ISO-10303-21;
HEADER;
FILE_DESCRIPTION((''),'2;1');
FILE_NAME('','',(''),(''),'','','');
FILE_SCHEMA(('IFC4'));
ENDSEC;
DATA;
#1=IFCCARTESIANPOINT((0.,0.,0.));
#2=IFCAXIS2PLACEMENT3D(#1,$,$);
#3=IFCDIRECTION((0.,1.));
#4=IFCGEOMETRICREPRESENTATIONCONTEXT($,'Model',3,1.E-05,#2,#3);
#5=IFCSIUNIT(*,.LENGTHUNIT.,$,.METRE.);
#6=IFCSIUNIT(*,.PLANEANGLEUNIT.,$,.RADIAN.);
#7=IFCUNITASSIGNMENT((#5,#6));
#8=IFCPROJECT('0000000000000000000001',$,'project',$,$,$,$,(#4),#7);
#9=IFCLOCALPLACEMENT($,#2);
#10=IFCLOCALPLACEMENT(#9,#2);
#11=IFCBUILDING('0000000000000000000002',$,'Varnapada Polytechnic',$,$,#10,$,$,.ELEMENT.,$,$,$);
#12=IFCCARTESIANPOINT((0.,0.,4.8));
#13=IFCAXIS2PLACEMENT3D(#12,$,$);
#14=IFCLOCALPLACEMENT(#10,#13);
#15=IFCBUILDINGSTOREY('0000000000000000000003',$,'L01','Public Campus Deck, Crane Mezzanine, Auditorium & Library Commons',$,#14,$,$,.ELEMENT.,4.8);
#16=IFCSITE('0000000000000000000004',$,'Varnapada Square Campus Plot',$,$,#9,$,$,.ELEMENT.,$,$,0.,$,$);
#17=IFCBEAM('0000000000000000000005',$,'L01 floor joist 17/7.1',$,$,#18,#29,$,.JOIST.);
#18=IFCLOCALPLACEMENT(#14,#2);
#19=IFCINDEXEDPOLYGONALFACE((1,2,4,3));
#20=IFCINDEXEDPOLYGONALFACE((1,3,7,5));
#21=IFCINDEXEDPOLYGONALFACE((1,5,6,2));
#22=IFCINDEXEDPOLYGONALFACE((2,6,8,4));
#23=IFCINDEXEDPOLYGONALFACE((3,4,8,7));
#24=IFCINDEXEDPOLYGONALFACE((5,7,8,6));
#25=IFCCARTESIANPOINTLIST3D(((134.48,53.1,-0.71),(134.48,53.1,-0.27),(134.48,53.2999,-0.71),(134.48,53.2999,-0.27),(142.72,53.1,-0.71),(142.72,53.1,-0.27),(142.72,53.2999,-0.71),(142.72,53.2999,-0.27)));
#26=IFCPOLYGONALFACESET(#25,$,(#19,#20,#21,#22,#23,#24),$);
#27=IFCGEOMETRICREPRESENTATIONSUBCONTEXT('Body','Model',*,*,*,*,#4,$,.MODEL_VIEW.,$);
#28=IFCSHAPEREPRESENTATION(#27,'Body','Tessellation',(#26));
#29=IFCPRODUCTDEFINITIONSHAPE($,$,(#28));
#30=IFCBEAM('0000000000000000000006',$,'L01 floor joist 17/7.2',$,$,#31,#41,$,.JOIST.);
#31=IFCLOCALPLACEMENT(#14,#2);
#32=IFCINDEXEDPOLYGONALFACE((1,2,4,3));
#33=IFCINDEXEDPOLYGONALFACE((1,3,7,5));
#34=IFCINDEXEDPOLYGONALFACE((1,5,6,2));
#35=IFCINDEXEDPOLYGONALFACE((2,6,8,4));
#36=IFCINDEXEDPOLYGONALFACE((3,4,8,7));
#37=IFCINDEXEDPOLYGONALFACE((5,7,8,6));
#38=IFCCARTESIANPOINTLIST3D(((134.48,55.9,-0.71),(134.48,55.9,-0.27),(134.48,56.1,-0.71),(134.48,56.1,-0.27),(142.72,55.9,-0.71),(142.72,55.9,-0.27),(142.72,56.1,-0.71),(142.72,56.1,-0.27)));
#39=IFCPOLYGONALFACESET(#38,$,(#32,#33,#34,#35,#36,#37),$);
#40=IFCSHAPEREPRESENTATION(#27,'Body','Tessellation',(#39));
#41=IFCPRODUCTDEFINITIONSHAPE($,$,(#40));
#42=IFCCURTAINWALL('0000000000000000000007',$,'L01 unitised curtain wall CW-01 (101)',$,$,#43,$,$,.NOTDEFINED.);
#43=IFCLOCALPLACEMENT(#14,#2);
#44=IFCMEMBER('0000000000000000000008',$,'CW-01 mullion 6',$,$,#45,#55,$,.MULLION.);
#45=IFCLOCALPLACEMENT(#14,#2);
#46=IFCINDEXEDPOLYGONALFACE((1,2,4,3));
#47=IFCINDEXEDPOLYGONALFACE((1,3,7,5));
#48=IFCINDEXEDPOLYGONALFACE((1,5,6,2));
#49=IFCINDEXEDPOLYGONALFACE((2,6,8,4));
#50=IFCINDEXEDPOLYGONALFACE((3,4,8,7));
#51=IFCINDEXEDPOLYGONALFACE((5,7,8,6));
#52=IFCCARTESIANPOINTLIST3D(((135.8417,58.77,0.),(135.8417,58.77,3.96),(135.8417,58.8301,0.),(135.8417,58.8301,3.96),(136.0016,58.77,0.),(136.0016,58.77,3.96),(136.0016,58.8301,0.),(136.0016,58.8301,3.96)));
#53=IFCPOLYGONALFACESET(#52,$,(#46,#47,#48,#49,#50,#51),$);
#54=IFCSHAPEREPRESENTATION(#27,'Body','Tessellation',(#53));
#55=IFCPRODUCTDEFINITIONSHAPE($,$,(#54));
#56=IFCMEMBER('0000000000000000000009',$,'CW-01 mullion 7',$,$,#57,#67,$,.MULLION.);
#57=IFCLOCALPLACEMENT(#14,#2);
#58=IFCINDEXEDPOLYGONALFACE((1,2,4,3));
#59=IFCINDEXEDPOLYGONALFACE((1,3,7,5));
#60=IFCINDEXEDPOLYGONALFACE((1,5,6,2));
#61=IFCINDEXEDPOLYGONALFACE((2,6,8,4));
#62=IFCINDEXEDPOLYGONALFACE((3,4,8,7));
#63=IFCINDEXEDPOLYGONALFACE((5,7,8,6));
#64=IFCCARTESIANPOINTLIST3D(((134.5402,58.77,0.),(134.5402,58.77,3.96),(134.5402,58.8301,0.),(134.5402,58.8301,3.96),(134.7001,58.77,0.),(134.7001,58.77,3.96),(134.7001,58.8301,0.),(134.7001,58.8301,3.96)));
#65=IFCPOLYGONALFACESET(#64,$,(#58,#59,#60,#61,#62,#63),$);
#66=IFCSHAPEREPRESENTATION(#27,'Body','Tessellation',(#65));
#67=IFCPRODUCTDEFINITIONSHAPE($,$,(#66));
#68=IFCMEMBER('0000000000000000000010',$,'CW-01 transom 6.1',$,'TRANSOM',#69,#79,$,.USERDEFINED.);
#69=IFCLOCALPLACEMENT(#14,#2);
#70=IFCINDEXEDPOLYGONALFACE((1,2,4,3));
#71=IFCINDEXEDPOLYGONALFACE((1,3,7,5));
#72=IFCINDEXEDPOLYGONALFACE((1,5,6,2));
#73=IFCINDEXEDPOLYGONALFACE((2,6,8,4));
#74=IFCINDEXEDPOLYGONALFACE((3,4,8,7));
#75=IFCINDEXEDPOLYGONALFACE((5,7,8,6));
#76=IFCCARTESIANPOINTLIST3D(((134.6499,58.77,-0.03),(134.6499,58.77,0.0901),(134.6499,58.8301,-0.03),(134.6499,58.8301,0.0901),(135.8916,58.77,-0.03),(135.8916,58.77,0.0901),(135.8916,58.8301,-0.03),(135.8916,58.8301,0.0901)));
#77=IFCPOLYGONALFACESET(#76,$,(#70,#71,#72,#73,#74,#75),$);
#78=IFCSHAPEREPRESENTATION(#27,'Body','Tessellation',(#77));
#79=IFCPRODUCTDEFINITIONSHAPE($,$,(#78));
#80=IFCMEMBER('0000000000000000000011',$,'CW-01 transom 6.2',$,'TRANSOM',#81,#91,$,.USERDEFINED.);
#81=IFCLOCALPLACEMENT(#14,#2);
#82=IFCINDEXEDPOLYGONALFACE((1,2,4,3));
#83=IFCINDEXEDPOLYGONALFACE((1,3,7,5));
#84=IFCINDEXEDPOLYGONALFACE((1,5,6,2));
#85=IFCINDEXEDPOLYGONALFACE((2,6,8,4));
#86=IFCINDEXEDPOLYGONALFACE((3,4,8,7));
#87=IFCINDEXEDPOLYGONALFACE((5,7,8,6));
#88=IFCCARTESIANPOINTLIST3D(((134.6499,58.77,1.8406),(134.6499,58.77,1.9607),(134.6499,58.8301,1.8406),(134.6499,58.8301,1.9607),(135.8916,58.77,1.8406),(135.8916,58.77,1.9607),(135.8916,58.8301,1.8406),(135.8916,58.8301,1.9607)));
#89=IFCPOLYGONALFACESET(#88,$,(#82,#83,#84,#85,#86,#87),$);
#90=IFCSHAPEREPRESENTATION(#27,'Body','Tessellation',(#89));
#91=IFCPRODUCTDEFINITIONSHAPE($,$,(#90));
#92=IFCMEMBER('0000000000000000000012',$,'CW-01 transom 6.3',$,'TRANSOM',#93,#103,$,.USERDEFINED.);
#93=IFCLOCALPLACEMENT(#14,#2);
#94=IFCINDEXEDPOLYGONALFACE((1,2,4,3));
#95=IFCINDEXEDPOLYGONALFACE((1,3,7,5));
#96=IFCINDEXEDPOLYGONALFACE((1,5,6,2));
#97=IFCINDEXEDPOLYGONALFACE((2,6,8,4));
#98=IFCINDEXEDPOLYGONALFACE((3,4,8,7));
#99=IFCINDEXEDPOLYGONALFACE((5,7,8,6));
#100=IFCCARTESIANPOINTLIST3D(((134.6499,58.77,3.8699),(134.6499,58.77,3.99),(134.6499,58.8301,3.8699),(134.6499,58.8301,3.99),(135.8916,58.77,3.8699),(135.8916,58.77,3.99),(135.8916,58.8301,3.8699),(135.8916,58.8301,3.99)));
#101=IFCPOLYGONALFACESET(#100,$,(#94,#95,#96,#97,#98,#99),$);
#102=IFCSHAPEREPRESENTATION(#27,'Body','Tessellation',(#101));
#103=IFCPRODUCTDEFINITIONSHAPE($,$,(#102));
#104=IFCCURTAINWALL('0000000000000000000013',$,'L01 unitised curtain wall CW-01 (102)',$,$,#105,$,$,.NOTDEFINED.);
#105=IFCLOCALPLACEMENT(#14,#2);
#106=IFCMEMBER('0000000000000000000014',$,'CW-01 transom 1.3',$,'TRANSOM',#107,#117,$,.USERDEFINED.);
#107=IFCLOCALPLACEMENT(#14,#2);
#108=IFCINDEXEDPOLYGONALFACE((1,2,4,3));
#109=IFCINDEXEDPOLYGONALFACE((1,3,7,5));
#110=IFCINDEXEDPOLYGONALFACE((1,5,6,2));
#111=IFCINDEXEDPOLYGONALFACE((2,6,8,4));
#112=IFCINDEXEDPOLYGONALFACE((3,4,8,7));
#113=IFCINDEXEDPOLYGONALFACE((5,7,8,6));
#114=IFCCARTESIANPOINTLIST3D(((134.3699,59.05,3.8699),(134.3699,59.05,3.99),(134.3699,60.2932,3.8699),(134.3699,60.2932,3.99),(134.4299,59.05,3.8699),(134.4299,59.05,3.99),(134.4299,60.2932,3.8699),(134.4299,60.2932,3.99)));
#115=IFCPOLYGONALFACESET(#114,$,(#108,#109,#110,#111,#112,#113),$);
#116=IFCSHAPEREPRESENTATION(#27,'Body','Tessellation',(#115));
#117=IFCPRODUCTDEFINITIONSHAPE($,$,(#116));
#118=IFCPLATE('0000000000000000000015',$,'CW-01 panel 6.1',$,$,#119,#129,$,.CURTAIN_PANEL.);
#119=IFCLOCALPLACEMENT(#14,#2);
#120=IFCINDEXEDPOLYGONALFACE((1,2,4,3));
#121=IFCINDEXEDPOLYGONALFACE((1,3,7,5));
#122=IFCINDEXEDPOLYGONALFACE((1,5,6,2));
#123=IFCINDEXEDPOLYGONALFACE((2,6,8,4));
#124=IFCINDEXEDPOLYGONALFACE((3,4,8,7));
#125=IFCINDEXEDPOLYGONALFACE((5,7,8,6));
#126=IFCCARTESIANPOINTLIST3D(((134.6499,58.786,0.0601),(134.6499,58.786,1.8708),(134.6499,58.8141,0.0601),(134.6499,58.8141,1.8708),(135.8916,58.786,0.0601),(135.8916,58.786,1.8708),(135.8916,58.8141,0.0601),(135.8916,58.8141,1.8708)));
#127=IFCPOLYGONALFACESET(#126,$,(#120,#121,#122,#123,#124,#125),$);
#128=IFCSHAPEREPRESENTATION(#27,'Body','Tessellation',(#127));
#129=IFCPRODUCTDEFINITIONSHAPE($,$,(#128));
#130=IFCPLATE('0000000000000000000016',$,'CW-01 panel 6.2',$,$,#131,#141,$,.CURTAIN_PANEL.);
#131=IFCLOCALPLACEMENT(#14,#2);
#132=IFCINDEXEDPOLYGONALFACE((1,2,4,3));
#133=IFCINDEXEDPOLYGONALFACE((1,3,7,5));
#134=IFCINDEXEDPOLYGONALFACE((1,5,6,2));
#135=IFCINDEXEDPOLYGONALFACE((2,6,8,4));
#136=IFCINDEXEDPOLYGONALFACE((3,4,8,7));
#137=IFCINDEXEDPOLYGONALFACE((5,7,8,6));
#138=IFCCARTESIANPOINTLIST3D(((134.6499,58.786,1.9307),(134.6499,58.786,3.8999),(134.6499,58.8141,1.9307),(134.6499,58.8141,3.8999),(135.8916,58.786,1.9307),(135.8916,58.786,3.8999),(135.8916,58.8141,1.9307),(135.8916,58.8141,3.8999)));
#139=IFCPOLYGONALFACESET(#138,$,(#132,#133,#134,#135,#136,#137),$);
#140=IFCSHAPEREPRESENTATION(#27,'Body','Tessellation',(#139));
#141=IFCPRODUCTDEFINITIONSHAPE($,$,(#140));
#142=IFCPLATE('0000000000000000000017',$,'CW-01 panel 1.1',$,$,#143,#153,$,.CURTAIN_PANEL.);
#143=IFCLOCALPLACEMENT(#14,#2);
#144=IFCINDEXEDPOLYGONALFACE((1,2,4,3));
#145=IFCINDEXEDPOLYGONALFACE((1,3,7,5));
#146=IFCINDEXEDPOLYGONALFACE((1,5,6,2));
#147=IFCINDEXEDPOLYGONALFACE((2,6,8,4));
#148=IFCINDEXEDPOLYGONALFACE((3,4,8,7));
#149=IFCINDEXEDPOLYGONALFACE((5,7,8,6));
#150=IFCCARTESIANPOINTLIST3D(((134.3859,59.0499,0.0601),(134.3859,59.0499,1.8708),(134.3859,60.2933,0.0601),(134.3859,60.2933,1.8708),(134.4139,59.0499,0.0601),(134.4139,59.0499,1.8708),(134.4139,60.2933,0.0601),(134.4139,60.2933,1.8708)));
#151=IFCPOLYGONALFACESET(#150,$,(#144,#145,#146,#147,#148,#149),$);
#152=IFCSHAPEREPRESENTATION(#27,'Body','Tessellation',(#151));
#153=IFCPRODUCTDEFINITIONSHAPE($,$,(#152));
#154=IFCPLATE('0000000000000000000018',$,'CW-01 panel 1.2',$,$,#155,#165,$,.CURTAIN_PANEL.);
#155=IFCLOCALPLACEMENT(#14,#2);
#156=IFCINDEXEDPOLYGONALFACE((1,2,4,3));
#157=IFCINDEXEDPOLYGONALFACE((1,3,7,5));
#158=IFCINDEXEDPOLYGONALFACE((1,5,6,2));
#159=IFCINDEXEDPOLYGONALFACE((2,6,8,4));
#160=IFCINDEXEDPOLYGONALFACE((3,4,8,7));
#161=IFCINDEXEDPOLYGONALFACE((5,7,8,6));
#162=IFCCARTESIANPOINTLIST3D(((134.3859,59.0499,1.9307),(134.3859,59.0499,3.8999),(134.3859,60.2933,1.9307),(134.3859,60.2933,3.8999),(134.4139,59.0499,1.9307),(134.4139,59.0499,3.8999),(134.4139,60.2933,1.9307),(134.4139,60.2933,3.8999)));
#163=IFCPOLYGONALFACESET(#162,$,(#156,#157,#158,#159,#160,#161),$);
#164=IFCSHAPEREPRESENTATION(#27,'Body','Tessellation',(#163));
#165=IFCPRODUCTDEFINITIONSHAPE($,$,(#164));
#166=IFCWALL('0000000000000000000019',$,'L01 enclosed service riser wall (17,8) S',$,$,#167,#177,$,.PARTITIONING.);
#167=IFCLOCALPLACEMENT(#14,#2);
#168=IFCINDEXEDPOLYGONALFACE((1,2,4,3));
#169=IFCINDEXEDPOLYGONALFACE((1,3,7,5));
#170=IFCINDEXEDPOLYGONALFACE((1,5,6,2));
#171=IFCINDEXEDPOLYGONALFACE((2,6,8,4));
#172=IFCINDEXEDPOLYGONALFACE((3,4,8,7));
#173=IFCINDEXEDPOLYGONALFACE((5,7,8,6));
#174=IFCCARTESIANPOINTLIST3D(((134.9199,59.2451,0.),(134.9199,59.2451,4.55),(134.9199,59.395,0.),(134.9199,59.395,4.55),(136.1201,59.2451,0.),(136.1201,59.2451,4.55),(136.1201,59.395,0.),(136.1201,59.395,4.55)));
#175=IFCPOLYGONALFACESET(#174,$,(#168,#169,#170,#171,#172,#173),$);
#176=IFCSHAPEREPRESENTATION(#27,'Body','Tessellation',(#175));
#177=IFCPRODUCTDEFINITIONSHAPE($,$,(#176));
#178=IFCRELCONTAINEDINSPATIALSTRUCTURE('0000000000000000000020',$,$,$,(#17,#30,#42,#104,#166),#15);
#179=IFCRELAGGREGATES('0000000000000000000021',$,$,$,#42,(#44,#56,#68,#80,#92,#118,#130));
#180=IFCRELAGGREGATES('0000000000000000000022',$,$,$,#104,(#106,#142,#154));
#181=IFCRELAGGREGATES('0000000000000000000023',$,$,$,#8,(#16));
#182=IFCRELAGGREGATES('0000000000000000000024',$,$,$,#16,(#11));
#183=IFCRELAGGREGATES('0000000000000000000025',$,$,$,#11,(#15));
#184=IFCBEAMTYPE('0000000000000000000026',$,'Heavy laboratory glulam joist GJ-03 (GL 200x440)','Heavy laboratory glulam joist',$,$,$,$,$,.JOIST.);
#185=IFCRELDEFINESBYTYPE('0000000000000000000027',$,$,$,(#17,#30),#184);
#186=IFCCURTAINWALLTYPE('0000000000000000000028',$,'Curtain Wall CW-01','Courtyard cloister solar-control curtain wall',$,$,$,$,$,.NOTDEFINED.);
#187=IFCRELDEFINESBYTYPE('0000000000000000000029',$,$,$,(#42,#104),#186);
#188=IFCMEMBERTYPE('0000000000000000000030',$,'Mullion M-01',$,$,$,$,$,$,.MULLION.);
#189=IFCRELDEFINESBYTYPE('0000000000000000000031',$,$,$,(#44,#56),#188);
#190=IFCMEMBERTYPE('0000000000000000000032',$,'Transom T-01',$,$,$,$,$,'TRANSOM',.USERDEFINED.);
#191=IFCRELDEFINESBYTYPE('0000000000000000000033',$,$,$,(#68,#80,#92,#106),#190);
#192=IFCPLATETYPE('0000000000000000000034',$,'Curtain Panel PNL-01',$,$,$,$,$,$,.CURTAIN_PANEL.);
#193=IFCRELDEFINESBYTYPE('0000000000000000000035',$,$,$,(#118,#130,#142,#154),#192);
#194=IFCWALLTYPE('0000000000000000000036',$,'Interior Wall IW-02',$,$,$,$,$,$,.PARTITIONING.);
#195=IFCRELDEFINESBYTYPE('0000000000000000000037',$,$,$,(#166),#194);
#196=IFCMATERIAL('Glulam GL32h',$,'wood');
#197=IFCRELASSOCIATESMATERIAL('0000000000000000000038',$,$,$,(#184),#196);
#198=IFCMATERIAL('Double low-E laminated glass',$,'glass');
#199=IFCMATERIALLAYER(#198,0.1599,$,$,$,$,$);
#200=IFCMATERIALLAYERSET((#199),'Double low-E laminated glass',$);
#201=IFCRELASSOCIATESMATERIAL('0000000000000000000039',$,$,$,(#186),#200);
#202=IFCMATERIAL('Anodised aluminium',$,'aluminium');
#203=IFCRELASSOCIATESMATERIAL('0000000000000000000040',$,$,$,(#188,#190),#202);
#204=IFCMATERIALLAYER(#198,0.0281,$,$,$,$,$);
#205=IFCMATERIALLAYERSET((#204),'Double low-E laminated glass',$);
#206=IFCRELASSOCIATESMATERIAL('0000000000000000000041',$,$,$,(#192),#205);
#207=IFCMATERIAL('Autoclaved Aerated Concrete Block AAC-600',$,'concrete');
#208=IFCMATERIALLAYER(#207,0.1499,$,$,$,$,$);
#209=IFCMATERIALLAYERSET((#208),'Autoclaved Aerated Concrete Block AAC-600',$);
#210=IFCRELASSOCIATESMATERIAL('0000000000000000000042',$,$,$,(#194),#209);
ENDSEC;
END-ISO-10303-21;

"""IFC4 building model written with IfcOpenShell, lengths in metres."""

from ifc_helpers import new_model, si_unit, direction, frame, frame_2d, origin, origin_2d, place, context, subcontext, project, spatial, rectangle, extrude, material, layer, layer_set, material_profile, profile_set, type_object, element, aggregate, save


model = new_model("IFC4")

# Units and contexts
model_context = context("Model", 3, precision=1e-05, world=origin(), true_north=direction((0.0, 1.0)))
body_context = subcontext(model_context, "Body", "Model", "MODEL_VIEW")
ifc_project = project(units=[si_unit("LENGTHUNIT", "METRE"), si_unit("PLANEANGLEUNIT", "RADIAN")], contexts=[model_context])

# Site, building, storey
site_placement = place(None, origin())
site = spatial("IfcSite", under=ifc_project, at=site_placement, Name="Varnapada Square Campus Plot", CompositionType="ELEMENT", RefElevation=0.0)
building_placement = place(site_placement, origin())
building = spatial("IfcBuilding", under=site, at=building_placement, Name="Varnapada Polytechnic", CompositionType="ELEMENT")
storey_placement = place(building_placement, frame((0.0, 0.0, 4.8)))
storey = spatial("IfcBuildingStorey", under=building, at=storey_placement, Name="L01", Description="Public Campus Deck, Crane Mezzanine, Auditorium & Library Commons", CompositionType="ELEMENT", Elevation=4.8)

# Beams
ifc_material_1 = material(Name="Glulam GL32h", Category="wood")
ifc_material_profile_1 = material_profile(ifc_material_1, rectangle(XDim=0.2, YDim=0.4399, at=origin_2d()), Name="GL 200x440")
ifc_profile_set_1 = profile_set([ifc_material_profile_1], Name="Glulam GL32h")
beam_type = type_object("IfcBeamType", Name="Heavy laboratory glulam joist GJ-03 (GL 200x440)", Description="Heavy laboratory glulam joist", PredefinedType="JOIST", material=ifc_profile_set_1)
for number, where, z_axis, x_axis, name in (
    (1, (134.48, 53.2, -0.49), (1.0, 0.0, 0.0), (0.0, 1.0, 0.0), "L01 floor joist 17/7.1"),
    (2, (134.48, 56.0, -0.49), (1.0, 0.0, 0.0), (0.0, 1.0, 0.0), "L01 floor joist 17/7.2"),
):
    element("IfcBeam", number, at=place(storey_placement, frame(where, z_axis=z_axis, x_axis=x_axis)), inside=storey, type_object=beam_type, Name=name, PredefinedType="JOIST", context=body_context, shape_type="SweptSolid", body=[
        extrude(rectangle(XDim=0.2, YDim=0.4399, at=origin_2d()), origin(), (0.0, 0.0, 1.0), 8.24),
    ])

# Curtain wall, members
ifc_material_2 = material(Name="Double low-E laminated glass", Category="glass")
ifc_layer_1 = layer(ifc_material_2, 0.1599)
ifc_layer_set_1 = layer_set([ifc_layer_1], Name="Double low-E laminated glass")
curtain_wall_type = type_object("IfcCurtainWallType", Name="Curtain Wall CW-01", Description="Courtyard cloister solar-control curtain wall", PredefinedType="NOTDEFINED", material=ifc_layer_set_1)
curtain_wall_1_placement = place(storey_placement, origin())
curtain_wall_1 = element("IfcCurtainWall", 3, at=curtain_wall_1_placement, inside=storey, type_object=curtain_wall_type, Name="L01 unitised curtain wall CW-01 (101)", PredefinedType="NOTDEFINED")
ifc_material_3 = material(Name="Anodised aluminium", Category="aluminium")
ifc_material_profile_2 = material_profile(ifc_material_3, rectangle(XDim=0.0601, YDim=0.1599, at=origin_2d()), Name="ALU M60x160")
ifc_profile_set_2 = profile_set([ifc_material_profile_2], Name="Anodised aluminium")
member_type_1 = type_object("IfcMemberType", Name="Mullion M-01", PredefinedType="MULLION", material=ifc_profile_set_2)
member_1_placement = place(storey_placement, frame((135.9216, 58.8, 0.0), z_axis=(0.0, 0.0, 1.0), x_axis=(0.0, -1.0, 0.0)))
member_1 = element("IfcMember", 4, at=member_1_placement, type_object=member_type_1, Name="CW-01 mullion 6", PredefinedType="MULLION", context=body_context, shape_type="SweptSolid", body=[
    extrude(rectangle(XDim=0.0601, YDim=0.1599, at=origin_2d()), origin(), (0.0, 0.0, 1.0), 3.96),
])
member_2_placement = place(storey_placement, frame((134.6201, 58.8, 0.0), z_axis=(0.0, 0.0, 1.0), x_axis=(0.0, -1.0, 0.0)))
member_2 = element("IfcMember", 5, at=member_2_placement, type_object=member_type_1, Name="CW-01 mullion 7", PredefinedType="MULLION", context=body_context, shape_type="SweptSolid", body=[
    extrude(rectangle(XDim=0.0601, YDim=0.1599, at=origin_2d()), origin(), (0.0, 0.0, 1.0), 3.96),
])
ifc_material_profile_3 = material_profile(ifc_material_3, rectangle(XDim=0.0601, YDim=0.1201, at=origin_2d()), Name="ALU T60x120")
ifc_profile_set_3 = profile_set([ifc_material_profile_3], Name="Anodised aluminium")
member_type_2 = type_object("IfcMemberType", Name="Transom T-01", ElementType="TRANSOM", PredefinedType="USERDEFINED", material=ifc_profile_set_3)
member_3_placement = place(storey_placement, frame((135.8916, 58.8, 0.03), z_axis=(-1.0, 0.0, 0.0), x_axis=(0.0, -1.0, 0.0)))
member_3 = element("IfcMember", 6, at=member_3_placement, type_object=member_type_2, Name="CW-01 transom 6.1", ObjectType="TRANSOM", PredefinedType="USERDEFINED", context=body_context, shape_type="SweptSolid", body=[
    extrude(rectangle(XDim=0.0601, YDim=0.1201, at=origin_2d()), origin(), (0.0, 0.0, 1.0), 1.2417),
])
member_4_placement = place(storey_placement, frame((135.8916, 58.8, 1.9006), z_axis=(-1.0, 0.0, 0.0), x_axis=(0.0, -1.0, 0.0)))
member_4 = element("IfcMember", 7, at=member_4_placement, type_object=member_type_2, Name="CW-01 transom 6.2", ObjectType="TRANSOM", PredefinedType="USERDEFINED", context=body_context, shape_type="SweptSolid", body=[
    extrude(rectangle(XDim=0.0601, YDim=0.1201, at=origin_2d()), origin(), (0.0, 0.0, 1.0), 1.2417),
])
member_5_placement = place(storey_placement, frame((135.8916, 58.8, 3.9299), z_axis=(-1.0, 0.0, 0.0), x_axis=(0.0, -1.0, 0.0)))
member_5 = element("IfcMember", 8, at=member_5_placement, type_object=member_type_2, Name="CW-01 transom 6.3", ObjectType="TRANSOM", PredefinedType="USERDEFINED", context=body_context, shape_type="SweptSolid", body=[
    extrude(rectangle(XDim=0.0601, YDim=0.1201, at=origin_2d()), origin(), (0.0, 0.0, 1.0), 1.2417),
])

# Curtain wall, member
curtain_wall_2_placement = place(storey_placement, origin())
curtain_wall_2 = element("IfcCurtainWall", 9, at=curtain_wall_2_placement, inside=storey, type_object=curtain_wall_type, Name="L01 unitised curtain wall CW-01 (102)", PredefinedType="NOTDEFINED")
member_6_placement = place(storey_placement, frame((134.3999, 59.05, 3.9299), z_axis=(0.0, 1.0, 0.0), x_axis=(-1.0, 0.0, 0.0)))
member_6 = element("IfcMember", 10, at=member_6_placement, type_object=member_type_2, Name="CW-01 transom 1.3", ObjectType="TRANSOM", PredefinedType="USERDEFINED", context=body_context, shape_type="SweptSolid", body=[
    extrude(rectangle(XDim=0.0601, YDim=0.1201, at=origin_2d()), origin(), (0.0, 0.0, 1.0), 1.2432),
])

# Plates
ifc_layer_2 = layer(ifc_material_2, 0.0281)
ifc_layer_set_2 = layer_set([ifc_layer_2], Name="Double low-E laminated glass")
plate_type = type_object("IfcPlateType", Name="Curtain Panel PNL-01", PredefinedType="CURTAIN_PANEL", material=ifc_layer_set_2)
plate_1_placement = place(storey_placement, frame((135.2708, 58.8, 0.0601), z_axis=(0.0, 0.0, 1.0), x_axis=(-1.0, 0.0, 0.0)))
plate_1 = element("IfcPlate", 11, at=plate_1_placement, type_object=plate_type, Name="CW-01 panel 6.1", PredefinedType="CURTAIN_PANEL", context=body_context, shape_type="SweptSolid", body=[
    extrude(rectangle(XDim=1.2417, YDim=0.0281, at=origin_2d()), origin(), (0.0, 0.0, 1.0), 1.8108),
])
plate_2_placement = place(storey_placement, frame((135.2708, 58.8, 1.9307), z_axis=(0.0, 0.0, 1.0), x_axis=(-1.0, 0.0, 0.0)))
plate_2 = element("IfcPlate", 12, at=plate_2_placement, type_object=plate_type, Name="CW-01 panel 6.2", PredefinedType="CURTAIN_PANEL", context=body_context, shape_type="SweptSolid", body=[
    extrude(rectangle(XDim=1.2417, YDim=0.0281, at=origin_2d()), origin(), (0.0, 0.0, 1.0), 1.9692),
])
aggregate(curtain_wall_1, [member_1, member_2, member_3, member_4, member_5, plate_1, plate_2])
plate_3_placement = place(storey_placement, frame((134.3999, 59.6716, 0.0601), z_axis=(0.0, 0.0, 1.0), x_axis=(0.0, 1.0, 0.0)))
plate_3 = element("IfcPlate", 13, at=plate_3_placement, type_object=plate_type, Name="CW-01 panel 1.1", PredefinedType="CURTAIN_PANEL", context=body_context, shape_type="SweptSolid", body=[
    extrude(rectangle(XDim=1.2434, YDim=0.0281, at=origin_2d()), origin(), (0.0, 0.0, 1.0), 1.8108),
])
plate_4_placement = place(storey_placement, frame((134.3999, 59.6716, 1.9307), z_axis=(0.0, 0.0, 1.0), x_axis=(0.0, 1.0, 0.0)))
plate_4 = element("IfcPlate", 14, at=plate_4_placement, type_object=plate_type, Name="CW-01 panel 1.2", PredefinedType="CURTAIN_PANEL", context=body_context, shape_type="SweptSolid", body=[
    extrude(rectangle(XDim=1.2434, YDim=0.0281, at=origin_2d()), origin(), (0.0, 0.0, 1.0), 1.9692),
])
aggregate(curtain_wall_2, [member_6, plate_3, plate_4])

# Wall
ifc_material_4 = material(Name="Autoclaved Aerated Concrete Block AAC-600", Category="concrete")
ifc_layer_3 = layer(ifc_material_4, 0.1499)
ifc_layer_set_3 = layer_set([ifc_layer_3], Name="Autoclaved Aerated Concrete Block AAC-600")
wall_type = type_object("IfcWallType", Name="Interior Wall IW-02", PredefinedType="PARTITIONING", material=ifc_layer_set_3)
wall_placement = place(storey_placement, frame((134.9199, 59.3201, 0.0), z_axis=(0.0, 0.0, 1.0), x_axis=(1.0, 0.0, 0.0)))
element("IfcWall", 15, at=wall_placement, inside=storey, type_object=wall_type, Name="L01 enclosed service riser wall (17,8) S", PredefinedType="PARTITIONING", context=body_context, shape_type="SweptSolid", body=[
    extrude(rectangle(XDim=1.2002, YDim=0.1499, at=frame_2d((0.6001, 0.0))), origin(), (0.0, 0.0, 1.0), 4.55),
])

save(model, "model.ifc")
